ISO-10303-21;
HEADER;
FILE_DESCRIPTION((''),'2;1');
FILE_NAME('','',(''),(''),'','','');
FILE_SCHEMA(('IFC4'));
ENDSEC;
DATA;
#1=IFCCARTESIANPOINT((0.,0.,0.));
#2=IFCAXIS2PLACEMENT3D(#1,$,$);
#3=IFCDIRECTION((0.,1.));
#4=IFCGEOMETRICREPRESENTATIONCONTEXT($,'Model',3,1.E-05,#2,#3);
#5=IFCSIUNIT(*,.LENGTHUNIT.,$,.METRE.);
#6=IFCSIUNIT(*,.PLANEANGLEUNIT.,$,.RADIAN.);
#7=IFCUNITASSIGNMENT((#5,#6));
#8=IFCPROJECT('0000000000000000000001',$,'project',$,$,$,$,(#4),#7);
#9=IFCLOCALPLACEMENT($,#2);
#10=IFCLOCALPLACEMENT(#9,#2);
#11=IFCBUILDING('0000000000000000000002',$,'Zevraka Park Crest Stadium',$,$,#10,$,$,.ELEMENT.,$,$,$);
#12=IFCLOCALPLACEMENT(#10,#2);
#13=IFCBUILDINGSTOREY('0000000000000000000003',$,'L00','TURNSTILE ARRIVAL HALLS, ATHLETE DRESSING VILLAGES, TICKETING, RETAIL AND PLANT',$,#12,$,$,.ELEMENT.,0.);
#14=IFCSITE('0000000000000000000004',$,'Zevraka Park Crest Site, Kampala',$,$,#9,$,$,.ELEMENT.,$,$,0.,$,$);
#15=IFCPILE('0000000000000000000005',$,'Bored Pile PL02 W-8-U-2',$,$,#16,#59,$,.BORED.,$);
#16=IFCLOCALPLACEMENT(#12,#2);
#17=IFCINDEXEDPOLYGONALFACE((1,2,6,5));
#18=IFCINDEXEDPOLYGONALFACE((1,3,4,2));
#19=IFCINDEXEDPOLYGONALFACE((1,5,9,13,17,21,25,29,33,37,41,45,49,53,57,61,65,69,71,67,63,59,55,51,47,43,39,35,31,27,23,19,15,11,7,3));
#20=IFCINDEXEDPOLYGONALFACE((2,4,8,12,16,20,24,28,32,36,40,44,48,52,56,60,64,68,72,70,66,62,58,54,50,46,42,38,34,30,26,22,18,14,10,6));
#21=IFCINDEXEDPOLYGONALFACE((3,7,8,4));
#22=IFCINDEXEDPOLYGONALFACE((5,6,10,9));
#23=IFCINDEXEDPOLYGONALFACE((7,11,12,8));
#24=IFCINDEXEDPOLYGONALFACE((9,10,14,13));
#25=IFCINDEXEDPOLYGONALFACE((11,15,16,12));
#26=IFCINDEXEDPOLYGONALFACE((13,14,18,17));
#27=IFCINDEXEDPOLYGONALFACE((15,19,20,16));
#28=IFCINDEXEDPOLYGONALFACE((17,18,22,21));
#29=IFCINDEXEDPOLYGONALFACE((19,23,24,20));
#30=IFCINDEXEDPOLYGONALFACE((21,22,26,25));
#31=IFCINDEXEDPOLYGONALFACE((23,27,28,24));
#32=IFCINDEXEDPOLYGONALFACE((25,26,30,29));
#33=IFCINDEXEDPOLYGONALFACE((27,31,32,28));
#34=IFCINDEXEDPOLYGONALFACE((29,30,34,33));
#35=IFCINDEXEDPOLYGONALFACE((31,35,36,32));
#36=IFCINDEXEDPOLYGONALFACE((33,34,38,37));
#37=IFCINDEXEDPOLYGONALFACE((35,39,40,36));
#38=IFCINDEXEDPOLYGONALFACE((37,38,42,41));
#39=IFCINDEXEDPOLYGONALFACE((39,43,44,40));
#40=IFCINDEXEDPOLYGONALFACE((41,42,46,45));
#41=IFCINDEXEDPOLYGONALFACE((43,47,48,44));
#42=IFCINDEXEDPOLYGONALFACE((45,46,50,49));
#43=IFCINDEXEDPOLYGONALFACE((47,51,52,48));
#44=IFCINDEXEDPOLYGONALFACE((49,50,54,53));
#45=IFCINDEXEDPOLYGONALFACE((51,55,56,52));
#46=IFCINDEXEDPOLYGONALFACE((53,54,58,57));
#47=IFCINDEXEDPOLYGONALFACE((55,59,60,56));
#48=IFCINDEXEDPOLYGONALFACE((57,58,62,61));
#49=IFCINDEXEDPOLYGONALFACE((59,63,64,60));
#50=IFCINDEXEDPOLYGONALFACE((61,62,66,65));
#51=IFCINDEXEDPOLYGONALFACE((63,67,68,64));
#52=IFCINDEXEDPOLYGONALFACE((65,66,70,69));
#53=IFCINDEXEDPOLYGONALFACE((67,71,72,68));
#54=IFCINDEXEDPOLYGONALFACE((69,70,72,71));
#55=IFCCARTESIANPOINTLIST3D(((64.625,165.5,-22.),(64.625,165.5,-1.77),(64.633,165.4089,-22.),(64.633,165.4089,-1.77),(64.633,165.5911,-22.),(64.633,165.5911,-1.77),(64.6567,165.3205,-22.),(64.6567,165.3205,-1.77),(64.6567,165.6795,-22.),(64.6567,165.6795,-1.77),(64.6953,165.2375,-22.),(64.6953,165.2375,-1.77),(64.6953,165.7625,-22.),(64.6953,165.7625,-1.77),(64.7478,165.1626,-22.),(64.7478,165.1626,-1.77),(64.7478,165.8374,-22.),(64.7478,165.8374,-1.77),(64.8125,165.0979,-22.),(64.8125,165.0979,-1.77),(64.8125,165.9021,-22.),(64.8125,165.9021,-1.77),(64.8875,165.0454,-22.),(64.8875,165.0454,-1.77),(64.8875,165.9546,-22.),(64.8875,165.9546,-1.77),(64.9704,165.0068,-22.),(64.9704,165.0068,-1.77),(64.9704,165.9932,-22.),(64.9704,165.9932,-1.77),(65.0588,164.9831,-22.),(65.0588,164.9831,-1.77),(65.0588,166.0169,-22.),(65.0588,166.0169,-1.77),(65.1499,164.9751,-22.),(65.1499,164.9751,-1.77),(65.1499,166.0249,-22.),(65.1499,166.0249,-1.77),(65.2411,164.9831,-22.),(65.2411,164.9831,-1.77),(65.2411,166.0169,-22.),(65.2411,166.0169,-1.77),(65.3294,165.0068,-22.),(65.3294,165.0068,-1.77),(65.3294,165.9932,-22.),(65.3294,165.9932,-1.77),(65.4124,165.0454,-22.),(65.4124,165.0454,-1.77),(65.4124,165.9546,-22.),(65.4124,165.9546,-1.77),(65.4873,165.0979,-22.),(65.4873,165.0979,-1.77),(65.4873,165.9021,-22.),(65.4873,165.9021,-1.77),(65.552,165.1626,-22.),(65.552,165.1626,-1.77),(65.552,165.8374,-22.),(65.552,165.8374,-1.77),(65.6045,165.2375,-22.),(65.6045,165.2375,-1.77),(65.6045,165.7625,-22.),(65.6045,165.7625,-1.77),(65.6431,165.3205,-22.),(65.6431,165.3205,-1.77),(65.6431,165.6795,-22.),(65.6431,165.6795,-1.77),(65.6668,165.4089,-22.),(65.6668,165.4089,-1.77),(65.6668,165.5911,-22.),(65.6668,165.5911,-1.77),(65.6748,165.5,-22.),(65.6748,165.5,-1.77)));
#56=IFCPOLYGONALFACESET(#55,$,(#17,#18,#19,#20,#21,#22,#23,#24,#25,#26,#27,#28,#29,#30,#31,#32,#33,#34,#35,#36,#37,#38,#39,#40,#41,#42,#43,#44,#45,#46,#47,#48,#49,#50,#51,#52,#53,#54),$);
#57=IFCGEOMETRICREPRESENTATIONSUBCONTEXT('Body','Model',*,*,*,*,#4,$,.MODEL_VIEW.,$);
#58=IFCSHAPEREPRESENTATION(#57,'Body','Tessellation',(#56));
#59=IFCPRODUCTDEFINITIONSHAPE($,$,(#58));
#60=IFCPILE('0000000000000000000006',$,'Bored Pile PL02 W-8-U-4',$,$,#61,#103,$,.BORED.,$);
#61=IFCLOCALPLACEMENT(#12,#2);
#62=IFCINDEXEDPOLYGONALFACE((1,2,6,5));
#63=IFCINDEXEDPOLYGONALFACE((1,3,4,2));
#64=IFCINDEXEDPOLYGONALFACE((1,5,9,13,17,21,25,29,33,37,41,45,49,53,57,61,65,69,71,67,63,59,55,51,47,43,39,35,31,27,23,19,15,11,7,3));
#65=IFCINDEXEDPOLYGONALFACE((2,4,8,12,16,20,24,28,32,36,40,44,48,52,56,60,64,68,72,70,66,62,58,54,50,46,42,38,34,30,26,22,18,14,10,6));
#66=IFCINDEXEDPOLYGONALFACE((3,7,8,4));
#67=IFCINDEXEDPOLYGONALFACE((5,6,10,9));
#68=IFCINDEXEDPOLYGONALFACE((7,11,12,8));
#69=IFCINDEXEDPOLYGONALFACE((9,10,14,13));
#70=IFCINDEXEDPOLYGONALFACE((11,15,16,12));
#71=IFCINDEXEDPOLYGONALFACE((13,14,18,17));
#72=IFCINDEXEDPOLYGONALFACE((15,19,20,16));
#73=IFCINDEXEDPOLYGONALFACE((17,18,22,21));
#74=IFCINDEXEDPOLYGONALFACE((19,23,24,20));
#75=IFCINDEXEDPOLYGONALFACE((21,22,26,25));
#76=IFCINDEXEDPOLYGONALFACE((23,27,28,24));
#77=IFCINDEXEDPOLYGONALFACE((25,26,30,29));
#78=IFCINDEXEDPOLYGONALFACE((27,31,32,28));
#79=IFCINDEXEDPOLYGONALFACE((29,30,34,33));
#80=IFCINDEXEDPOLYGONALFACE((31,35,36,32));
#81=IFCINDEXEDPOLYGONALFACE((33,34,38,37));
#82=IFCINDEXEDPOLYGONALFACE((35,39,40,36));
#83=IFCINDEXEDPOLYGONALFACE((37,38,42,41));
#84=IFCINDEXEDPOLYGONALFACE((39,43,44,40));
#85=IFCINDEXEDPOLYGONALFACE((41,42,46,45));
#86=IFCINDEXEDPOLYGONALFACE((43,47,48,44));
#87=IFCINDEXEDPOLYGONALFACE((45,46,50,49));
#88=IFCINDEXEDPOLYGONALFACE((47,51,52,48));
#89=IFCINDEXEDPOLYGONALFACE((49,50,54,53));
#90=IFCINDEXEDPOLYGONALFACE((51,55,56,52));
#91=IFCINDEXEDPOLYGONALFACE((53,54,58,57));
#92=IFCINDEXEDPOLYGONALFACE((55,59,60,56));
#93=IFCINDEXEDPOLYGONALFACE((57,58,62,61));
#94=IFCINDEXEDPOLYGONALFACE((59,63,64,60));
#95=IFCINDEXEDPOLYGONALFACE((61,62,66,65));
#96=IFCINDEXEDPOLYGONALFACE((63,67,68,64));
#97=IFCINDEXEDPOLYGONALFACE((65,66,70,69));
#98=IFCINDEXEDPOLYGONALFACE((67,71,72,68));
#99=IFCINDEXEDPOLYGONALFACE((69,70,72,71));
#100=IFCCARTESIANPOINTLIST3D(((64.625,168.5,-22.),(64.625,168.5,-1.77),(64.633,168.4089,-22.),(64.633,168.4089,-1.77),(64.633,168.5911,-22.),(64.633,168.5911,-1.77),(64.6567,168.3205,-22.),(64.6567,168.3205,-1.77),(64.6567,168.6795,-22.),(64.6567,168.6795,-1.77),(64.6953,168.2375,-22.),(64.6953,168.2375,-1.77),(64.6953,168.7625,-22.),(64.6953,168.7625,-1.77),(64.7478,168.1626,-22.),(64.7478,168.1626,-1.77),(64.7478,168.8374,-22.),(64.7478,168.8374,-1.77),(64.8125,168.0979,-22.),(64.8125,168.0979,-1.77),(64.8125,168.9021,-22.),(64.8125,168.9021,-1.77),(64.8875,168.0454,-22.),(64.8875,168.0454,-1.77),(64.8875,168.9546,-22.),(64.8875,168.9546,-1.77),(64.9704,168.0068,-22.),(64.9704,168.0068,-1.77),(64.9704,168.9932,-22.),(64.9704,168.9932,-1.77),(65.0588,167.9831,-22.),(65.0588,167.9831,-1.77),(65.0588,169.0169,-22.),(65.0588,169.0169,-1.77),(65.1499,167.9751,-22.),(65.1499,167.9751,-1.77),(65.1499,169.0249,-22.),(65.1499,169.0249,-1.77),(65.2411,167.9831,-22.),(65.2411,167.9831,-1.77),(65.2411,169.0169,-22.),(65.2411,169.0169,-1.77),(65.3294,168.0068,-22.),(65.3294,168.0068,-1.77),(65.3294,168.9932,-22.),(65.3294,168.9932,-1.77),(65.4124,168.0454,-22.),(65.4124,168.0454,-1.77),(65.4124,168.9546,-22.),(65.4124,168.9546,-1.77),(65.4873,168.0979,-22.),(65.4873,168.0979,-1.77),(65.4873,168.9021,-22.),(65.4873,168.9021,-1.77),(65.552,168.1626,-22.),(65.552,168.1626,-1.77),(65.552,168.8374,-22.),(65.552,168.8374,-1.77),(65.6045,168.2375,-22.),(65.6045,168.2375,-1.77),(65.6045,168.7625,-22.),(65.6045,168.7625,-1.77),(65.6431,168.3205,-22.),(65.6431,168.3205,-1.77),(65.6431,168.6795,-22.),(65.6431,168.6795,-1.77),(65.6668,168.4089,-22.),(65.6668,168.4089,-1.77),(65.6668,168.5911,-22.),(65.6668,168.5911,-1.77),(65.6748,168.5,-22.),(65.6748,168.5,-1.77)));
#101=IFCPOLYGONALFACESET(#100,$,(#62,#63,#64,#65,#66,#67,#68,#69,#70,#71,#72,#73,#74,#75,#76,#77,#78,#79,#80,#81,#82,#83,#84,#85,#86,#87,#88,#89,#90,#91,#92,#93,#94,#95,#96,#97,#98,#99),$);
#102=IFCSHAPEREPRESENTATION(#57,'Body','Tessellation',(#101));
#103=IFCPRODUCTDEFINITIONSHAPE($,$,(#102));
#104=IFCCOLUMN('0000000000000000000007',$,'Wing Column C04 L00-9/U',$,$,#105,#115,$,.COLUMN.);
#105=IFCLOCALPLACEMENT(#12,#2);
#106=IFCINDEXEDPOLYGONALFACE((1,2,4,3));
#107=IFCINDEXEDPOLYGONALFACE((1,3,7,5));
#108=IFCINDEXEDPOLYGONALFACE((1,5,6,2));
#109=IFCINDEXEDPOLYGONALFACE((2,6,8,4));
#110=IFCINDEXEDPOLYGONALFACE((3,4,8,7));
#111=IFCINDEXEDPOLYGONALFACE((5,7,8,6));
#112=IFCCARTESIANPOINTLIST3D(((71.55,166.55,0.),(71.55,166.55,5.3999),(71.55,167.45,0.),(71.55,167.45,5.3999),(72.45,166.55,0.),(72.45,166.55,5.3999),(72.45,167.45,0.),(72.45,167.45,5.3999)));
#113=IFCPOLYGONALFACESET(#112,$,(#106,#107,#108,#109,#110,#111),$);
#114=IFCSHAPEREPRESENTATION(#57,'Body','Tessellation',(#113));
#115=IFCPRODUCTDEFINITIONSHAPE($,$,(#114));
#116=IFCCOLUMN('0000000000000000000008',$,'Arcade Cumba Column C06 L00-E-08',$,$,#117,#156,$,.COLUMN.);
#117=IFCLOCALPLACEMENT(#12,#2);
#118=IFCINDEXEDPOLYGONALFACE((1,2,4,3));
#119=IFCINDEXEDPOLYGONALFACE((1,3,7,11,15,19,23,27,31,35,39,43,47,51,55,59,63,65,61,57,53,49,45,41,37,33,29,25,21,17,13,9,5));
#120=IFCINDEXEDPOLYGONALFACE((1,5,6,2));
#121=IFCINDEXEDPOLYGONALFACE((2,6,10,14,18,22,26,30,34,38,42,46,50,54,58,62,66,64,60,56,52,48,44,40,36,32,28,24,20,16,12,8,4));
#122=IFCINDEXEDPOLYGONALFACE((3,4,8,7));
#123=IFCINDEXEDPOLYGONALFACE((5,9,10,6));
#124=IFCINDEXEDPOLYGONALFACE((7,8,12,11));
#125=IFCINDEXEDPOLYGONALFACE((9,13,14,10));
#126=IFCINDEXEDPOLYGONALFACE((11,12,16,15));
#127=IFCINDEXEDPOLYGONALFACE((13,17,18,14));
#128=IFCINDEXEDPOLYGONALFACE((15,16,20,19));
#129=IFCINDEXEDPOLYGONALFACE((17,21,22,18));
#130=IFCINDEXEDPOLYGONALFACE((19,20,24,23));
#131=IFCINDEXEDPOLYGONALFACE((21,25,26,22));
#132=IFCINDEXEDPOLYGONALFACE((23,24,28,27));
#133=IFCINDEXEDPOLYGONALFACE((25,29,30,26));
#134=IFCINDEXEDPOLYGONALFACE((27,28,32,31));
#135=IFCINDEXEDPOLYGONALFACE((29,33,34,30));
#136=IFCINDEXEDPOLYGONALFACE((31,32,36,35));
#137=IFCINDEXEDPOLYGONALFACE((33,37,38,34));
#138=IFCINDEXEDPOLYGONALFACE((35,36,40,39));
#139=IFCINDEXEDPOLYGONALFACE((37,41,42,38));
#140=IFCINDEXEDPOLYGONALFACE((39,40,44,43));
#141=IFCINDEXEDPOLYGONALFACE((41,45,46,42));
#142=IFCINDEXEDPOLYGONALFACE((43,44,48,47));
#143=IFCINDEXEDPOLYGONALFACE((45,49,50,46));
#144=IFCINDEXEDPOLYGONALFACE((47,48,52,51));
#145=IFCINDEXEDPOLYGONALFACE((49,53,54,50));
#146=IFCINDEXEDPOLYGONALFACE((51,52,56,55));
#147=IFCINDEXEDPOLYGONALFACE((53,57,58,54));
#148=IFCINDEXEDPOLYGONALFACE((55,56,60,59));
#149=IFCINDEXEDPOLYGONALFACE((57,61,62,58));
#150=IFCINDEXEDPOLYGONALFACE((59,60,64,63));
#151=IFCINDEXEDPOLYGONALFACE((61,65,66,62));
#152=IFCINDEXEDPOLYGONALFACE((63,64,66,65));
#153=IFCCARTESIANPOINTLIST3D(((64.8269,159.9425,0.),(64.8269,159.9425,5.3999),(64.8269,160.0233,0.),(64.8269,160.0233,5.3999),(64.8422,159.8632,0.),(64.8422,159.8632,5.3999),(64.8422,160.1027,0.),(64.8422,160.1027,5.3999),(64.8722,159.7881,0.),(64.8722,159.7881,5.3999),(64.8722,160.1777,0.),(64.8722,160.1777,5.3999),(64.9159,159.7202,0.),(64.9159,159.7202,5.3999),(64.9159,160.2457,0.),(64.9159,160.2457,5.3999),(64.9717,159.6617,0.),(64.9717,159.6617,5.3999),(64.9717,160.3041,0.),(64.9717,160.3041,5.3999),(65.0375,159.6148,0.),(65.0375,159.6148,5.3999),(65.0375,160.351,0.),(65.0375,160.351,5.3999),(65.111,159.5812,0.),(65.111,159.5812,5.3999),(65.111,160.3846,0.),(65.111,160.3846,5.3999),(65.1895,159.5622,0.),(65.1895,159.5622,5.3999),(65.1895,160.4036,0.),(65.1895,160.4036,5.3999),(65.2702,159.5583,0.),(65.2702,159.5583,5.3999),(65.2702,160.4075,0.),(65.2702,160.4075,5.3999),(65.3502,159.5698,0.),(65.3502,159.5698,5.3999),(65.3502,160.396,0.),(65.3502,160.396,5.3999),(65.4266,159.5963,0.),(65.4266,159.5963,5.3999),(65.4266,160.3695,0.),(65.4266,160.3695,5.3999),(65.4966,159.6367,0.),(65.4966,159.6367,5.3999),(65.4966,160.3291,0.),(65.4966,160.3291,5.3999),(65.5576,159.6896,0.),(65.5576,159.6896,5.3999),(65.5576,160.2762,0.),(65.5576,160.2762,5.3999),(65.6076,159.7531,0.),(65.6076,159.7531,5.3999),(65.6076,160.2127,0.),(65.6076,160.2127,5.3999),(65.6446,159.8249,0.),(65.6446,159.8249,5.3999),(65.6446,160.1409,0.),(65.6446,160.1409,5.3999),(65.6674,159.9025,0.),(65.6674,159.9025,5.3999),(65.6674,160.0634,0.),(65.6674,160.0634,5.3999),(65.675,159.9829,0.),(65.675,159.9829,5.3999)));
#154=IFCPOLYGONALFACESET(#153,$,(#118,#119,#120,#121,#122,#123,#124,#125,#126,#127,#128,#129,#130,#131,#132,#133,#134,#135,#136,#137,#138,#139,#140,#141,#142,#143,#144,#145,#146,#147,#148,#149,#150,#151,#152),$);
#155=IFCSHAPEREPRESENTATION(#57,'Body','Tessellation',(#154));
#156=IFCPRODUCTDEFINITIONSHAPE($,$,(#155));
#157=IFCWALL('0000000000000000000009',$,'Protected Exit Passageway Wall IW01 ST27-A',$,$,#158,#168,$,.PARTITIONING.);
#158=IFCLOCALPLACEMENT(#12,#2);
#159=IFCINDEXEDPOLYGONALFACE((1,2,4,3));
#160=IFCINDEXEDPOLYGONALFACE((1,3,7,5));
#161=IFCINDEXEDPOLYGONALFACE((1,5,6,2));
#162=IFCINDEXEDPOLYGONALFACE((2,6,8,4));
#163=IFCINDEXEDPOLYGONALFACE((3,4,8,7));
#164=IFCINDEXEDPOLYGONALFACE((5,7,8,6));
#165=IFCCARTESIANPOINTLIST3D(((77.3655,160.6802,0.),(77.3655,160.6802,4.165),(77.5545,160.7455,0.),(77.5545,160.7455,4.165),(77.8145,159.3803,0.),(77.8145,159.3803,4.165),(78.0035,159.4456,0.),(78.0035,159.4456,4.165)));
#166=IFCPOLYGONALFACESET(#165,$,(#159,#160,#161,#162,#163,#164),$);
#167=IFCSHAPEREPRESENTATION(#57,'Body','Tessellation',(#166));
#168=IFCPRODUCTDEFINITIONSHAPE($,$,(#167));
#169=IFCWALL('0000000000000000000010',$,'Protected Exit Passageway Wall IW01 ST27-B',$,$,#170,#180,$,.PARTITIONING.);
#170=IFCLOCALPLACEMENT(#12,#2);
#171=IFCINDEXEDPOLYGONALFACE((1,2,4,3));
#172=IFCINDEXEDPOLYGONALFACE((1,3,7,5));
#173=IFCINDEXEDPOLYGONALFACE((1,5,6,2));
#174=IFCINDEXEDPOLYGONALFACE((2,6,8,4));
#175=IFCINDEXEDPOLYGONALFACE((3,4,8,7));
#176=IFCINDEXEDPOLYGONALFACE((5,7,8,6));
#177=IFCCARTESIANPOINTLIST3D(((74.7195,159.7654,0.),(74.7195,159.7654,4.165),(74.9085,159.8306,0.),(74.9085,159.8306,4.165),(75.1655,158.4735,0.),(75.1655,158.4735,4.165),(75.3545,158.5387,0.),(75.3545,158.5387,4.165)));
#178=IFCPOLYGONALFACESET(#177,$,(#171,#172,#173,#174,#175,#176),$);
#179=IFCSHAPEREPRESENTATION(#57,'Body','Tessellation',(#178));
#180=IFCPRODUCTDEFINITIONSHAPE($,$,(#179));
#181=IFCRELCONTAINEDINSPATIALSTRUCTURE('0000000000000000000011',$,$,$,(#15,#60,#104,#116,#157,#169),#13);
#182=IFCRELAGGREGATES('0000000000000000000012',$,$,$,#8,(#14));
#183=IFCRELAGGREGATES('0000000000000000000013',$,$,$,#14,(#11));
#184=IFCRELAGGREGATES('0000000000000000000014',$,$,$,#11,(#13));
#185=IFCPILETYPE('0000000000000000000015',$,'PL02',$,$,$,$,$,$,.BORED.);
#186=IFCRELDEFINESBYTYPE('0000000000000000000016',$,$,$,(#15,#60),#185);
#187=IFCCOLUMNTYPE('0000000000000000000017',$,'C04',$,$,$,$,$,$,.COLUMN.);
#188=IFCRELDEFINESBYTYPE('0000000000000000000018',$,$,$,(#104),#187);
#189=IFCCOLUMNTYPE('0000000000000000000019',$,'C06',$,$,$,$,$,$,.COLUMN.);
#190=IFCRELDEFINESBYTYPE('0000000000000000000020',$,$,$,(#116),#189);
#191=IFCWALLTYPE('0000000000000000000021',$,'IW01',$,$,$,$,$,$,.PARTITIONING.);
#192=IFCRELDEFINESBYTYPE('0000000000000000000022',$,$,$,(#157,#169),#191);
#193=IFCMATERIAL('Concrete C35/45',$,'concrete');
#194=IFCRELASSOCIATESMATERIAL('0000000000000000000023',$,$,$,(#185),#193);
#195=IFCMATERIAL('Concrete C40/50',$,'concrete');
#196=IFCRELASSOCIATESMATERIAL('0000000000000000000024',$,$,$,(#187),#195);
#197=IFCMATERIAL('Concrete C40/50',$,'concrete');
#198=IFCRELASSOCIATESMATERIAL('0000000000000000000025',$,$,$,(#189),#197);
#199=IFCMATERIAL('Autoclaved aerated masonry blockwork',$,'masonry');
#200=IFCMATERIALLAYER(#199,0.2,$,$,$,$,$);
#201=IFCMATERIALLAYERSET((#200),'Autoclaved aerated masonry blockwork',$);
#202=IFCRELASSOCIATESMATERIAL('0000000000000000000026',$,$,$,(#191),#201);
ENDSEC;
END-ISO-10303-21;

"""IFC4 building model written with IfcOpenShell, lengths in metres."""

from ifc_helpers import new_model, si_unit, direction, frame, frame_2d, origin, origin_2d, place, context, subcontext, project, spatial, rectangle, circle, extrude, material, layer, layer_set, material_profile, profile_set, type_object, element, save


model = new_model("IFC4")

# Units and contexts
model_context = context("Model", 3, precision=1e-05, world=origin(), true_north=direction((0.0, 1.0)))
body_context = subcontext(model_context, "Body", "Model", "MODEL_VIEW")
ifc_project = project(units=[si_unit("LENGTHUNIT", "METRE"), si_unit("PLANEANGLEUNIT", "RADIAN")], contexts=[model_context])

# Site, building, storey
site_placement = place(None, origin())
site = spatial("IfcSite", under=ifc_project, at=site_placement, Name="Zevraka Park Crest Site, Kampala", CompositionType="ELEMENT", RefElevation=0.0)
building_placement = place(site_placement, origin())
building = spatial("IfcBuilding", under=site, at=building_placement, Name="Zevraka Park Crest Stadium", CompositionType="ELEMENT")
storey_placement = place(building_placement, origin())
storey = spatial("IfcBuildingStorey", under=building, at=storey_placement, Name="L00", Description="TURNSTILE ARRIVAL HALLS, ATHLETE DRESSING VILLAGES, TICKETING, RETAIL AND PLANT", CompositionType="ELEMENT", Elevation=0.0)

# Piles
ifc_material_1 = material(Name="Concrete C35/45", Category="concrete")
ifc_material_profile_1 = material_profile(ifc_material_1, circle(Radius=0.5249, at=origin_2d()), Name="PILE D1050")
ifc_profile_set_1 = profile_set([ifc_material_profile_1], Name="Concrete C35/45")
pile_type_1 = type_object("IfcPileType", Name="PL02", PredefinedType="BORED", material=ifc_profile_set_1)
for number, where, z_axis, x_axis, name in (
    (1, (65.1499, 165.5, -1.77), (0.0, 0.0, -1.0), (1.0, 0.0, 0.0), "Bored Pile PL02 W-8-U-2"),
    (2, (65.1499, 168.5, -1.77), (0.0, 0.0, -1.0), (1.0, 0.0, 0.0), "Bored Pile PL02 W-8-U-4"),
):
    element("IfcPile", number, at=place(storey_placement, frame(where, z_axis=z_axis, x_axis=x_axis)), inside=storey, type_object=pile_type_1, Name=name, PredefinedType="BORED", context=body_context, shape_type="SweptSolid", body=[
        extrude(circle(Radius=0.5249, at=origin_2d()), origin(), (0.0, 0.0, 1.0), 20.23),
    ])

# Columns
ifc_material_2 = material(Name="Concrete C40/50", Category="concrete")
ifc_material_profile_2 = material_profile(ifc_material_2, rectangle(XDim=0.8999, YDim=0.8999, at=origin_2d()), Name="RC 900x900")
ifc_profile_set_2 = profile_set([ifc_material_profile_2], Name="Concrete C40/50")
column_type_1 = type_object("IfcColumnType", Name="C04", PredefinedType="COLUMN", material=ifc_profile_set_2)
column_1_placement = place(storey_placement, frame((72.0, 167.0, 0.0), z_axis=(0.0, 0.0, 1.0), x_axis=(1.0, 0.0, 0.0)))
element("IfcColumn", 3, at=column_1_placement, inside=storey, type_object=column_type_1, Name="Wing Column C04 L00-9/U", PredefinedType="COLUMN", context=body_context, shape_type="SweptSolid", body=[
    extrude(rectangle(XDim=0.8999, YDim=0.8999, at=origin_2d()), origin(), (0.0, 0.0, 1.0), 5.3999),
])
ifc_material_3 = material(Name="Concrete C40/50", Category="concrete")
ifc_material_profile_3 = material_profile(ifc_material_3, circle(Radius=0.425, at=origin_2d()), Name="RC D850")
ifc_profile_set_3 = profile_set([ifc_material_profile_3], Name="Concrete C40/50")
column_type_2 = type_object("IfcColumnType", Name="C06", PredefinedType="COLUMN", material=ifc_profile_set_3)
column_2_placement = place(storey_placement, frame((65.25, 159.9829, 0.0), z_axis=(0.0, 0.0, 1.0), x_axis=(1.0, 0.0, 0.0)))
element("IfcColumn", 4, at=column_2_placement, inside=storey, type_object=column_type_2, Name="Arcade Cumba Column C06 L00-E-08", PredefinedType="COLUMN", context=body_context, shape_type="SweptSolid", body=[
    extrude(circle(Radius=0.425, at=origin_2d()), origin(), (0.0, 0.0, 1.0), 5.3999),
])

# Walls
ifc_material_4 = material(Name="Autoclaved aerated masonry blockwork", Category="masonry")
ifc_layer_1 = layer(ifc_material_4, 0.2)
ifc_layer_set_1 = layer_set([ifc_layer_1], Name="Autoclaved aerated masonry blockwork")
wall_type_1 = type_object("IfcWallType", Name="IW01", PredefinedType="PARTITIONING", material=ifc_layer_set_1)
wall_1_placement = place(storey_placement, frame((77.9089, 159.4131, 0.0), z_axis=(0.0, 0.0, 1.0), x_axis=(-0.326489, 0.945201, 0.0)))
element("IfcWall", 5, at=wall_1_placement, inside=storey, type_object=wall_type_1, Name="Protected Exit Passageway Wall IW01 ST27-A", PredefinedType="PARTITIONING", context=body_context, shape_type="SweptSolid", body=[
    extrude(rectangle(XDim=1.3752, YDim=0.2, at=frame_2d((0.6875, 0.0))), origin(), (0.0, 0.0, 1.0), 4.165),
])
wall_2_placement = place(storey_placement, frame((75.26, 158.5061, 0.0), z_axis=(0.0, 0.0, 1.0), x_axis=(-0.326337, 0.945253, 0.0)))
element("IfcWall", 6, at=wall_2_placement, inside=storey, type_object=wall_type_1, Name="Protected Exit Passageway Wall IW01 ST27-B", PredefinedType="PARTITIONING", context=body_context, shape_type="SweptSolid", body=[
    extrude(rectangle(XDim=1.3667, YDim=0.2, at=frame_2d((0.6833, 0.0))), origin(), (0.0, 0.0, 1.0), 4.165),
])

save(model, "model.ifc")
